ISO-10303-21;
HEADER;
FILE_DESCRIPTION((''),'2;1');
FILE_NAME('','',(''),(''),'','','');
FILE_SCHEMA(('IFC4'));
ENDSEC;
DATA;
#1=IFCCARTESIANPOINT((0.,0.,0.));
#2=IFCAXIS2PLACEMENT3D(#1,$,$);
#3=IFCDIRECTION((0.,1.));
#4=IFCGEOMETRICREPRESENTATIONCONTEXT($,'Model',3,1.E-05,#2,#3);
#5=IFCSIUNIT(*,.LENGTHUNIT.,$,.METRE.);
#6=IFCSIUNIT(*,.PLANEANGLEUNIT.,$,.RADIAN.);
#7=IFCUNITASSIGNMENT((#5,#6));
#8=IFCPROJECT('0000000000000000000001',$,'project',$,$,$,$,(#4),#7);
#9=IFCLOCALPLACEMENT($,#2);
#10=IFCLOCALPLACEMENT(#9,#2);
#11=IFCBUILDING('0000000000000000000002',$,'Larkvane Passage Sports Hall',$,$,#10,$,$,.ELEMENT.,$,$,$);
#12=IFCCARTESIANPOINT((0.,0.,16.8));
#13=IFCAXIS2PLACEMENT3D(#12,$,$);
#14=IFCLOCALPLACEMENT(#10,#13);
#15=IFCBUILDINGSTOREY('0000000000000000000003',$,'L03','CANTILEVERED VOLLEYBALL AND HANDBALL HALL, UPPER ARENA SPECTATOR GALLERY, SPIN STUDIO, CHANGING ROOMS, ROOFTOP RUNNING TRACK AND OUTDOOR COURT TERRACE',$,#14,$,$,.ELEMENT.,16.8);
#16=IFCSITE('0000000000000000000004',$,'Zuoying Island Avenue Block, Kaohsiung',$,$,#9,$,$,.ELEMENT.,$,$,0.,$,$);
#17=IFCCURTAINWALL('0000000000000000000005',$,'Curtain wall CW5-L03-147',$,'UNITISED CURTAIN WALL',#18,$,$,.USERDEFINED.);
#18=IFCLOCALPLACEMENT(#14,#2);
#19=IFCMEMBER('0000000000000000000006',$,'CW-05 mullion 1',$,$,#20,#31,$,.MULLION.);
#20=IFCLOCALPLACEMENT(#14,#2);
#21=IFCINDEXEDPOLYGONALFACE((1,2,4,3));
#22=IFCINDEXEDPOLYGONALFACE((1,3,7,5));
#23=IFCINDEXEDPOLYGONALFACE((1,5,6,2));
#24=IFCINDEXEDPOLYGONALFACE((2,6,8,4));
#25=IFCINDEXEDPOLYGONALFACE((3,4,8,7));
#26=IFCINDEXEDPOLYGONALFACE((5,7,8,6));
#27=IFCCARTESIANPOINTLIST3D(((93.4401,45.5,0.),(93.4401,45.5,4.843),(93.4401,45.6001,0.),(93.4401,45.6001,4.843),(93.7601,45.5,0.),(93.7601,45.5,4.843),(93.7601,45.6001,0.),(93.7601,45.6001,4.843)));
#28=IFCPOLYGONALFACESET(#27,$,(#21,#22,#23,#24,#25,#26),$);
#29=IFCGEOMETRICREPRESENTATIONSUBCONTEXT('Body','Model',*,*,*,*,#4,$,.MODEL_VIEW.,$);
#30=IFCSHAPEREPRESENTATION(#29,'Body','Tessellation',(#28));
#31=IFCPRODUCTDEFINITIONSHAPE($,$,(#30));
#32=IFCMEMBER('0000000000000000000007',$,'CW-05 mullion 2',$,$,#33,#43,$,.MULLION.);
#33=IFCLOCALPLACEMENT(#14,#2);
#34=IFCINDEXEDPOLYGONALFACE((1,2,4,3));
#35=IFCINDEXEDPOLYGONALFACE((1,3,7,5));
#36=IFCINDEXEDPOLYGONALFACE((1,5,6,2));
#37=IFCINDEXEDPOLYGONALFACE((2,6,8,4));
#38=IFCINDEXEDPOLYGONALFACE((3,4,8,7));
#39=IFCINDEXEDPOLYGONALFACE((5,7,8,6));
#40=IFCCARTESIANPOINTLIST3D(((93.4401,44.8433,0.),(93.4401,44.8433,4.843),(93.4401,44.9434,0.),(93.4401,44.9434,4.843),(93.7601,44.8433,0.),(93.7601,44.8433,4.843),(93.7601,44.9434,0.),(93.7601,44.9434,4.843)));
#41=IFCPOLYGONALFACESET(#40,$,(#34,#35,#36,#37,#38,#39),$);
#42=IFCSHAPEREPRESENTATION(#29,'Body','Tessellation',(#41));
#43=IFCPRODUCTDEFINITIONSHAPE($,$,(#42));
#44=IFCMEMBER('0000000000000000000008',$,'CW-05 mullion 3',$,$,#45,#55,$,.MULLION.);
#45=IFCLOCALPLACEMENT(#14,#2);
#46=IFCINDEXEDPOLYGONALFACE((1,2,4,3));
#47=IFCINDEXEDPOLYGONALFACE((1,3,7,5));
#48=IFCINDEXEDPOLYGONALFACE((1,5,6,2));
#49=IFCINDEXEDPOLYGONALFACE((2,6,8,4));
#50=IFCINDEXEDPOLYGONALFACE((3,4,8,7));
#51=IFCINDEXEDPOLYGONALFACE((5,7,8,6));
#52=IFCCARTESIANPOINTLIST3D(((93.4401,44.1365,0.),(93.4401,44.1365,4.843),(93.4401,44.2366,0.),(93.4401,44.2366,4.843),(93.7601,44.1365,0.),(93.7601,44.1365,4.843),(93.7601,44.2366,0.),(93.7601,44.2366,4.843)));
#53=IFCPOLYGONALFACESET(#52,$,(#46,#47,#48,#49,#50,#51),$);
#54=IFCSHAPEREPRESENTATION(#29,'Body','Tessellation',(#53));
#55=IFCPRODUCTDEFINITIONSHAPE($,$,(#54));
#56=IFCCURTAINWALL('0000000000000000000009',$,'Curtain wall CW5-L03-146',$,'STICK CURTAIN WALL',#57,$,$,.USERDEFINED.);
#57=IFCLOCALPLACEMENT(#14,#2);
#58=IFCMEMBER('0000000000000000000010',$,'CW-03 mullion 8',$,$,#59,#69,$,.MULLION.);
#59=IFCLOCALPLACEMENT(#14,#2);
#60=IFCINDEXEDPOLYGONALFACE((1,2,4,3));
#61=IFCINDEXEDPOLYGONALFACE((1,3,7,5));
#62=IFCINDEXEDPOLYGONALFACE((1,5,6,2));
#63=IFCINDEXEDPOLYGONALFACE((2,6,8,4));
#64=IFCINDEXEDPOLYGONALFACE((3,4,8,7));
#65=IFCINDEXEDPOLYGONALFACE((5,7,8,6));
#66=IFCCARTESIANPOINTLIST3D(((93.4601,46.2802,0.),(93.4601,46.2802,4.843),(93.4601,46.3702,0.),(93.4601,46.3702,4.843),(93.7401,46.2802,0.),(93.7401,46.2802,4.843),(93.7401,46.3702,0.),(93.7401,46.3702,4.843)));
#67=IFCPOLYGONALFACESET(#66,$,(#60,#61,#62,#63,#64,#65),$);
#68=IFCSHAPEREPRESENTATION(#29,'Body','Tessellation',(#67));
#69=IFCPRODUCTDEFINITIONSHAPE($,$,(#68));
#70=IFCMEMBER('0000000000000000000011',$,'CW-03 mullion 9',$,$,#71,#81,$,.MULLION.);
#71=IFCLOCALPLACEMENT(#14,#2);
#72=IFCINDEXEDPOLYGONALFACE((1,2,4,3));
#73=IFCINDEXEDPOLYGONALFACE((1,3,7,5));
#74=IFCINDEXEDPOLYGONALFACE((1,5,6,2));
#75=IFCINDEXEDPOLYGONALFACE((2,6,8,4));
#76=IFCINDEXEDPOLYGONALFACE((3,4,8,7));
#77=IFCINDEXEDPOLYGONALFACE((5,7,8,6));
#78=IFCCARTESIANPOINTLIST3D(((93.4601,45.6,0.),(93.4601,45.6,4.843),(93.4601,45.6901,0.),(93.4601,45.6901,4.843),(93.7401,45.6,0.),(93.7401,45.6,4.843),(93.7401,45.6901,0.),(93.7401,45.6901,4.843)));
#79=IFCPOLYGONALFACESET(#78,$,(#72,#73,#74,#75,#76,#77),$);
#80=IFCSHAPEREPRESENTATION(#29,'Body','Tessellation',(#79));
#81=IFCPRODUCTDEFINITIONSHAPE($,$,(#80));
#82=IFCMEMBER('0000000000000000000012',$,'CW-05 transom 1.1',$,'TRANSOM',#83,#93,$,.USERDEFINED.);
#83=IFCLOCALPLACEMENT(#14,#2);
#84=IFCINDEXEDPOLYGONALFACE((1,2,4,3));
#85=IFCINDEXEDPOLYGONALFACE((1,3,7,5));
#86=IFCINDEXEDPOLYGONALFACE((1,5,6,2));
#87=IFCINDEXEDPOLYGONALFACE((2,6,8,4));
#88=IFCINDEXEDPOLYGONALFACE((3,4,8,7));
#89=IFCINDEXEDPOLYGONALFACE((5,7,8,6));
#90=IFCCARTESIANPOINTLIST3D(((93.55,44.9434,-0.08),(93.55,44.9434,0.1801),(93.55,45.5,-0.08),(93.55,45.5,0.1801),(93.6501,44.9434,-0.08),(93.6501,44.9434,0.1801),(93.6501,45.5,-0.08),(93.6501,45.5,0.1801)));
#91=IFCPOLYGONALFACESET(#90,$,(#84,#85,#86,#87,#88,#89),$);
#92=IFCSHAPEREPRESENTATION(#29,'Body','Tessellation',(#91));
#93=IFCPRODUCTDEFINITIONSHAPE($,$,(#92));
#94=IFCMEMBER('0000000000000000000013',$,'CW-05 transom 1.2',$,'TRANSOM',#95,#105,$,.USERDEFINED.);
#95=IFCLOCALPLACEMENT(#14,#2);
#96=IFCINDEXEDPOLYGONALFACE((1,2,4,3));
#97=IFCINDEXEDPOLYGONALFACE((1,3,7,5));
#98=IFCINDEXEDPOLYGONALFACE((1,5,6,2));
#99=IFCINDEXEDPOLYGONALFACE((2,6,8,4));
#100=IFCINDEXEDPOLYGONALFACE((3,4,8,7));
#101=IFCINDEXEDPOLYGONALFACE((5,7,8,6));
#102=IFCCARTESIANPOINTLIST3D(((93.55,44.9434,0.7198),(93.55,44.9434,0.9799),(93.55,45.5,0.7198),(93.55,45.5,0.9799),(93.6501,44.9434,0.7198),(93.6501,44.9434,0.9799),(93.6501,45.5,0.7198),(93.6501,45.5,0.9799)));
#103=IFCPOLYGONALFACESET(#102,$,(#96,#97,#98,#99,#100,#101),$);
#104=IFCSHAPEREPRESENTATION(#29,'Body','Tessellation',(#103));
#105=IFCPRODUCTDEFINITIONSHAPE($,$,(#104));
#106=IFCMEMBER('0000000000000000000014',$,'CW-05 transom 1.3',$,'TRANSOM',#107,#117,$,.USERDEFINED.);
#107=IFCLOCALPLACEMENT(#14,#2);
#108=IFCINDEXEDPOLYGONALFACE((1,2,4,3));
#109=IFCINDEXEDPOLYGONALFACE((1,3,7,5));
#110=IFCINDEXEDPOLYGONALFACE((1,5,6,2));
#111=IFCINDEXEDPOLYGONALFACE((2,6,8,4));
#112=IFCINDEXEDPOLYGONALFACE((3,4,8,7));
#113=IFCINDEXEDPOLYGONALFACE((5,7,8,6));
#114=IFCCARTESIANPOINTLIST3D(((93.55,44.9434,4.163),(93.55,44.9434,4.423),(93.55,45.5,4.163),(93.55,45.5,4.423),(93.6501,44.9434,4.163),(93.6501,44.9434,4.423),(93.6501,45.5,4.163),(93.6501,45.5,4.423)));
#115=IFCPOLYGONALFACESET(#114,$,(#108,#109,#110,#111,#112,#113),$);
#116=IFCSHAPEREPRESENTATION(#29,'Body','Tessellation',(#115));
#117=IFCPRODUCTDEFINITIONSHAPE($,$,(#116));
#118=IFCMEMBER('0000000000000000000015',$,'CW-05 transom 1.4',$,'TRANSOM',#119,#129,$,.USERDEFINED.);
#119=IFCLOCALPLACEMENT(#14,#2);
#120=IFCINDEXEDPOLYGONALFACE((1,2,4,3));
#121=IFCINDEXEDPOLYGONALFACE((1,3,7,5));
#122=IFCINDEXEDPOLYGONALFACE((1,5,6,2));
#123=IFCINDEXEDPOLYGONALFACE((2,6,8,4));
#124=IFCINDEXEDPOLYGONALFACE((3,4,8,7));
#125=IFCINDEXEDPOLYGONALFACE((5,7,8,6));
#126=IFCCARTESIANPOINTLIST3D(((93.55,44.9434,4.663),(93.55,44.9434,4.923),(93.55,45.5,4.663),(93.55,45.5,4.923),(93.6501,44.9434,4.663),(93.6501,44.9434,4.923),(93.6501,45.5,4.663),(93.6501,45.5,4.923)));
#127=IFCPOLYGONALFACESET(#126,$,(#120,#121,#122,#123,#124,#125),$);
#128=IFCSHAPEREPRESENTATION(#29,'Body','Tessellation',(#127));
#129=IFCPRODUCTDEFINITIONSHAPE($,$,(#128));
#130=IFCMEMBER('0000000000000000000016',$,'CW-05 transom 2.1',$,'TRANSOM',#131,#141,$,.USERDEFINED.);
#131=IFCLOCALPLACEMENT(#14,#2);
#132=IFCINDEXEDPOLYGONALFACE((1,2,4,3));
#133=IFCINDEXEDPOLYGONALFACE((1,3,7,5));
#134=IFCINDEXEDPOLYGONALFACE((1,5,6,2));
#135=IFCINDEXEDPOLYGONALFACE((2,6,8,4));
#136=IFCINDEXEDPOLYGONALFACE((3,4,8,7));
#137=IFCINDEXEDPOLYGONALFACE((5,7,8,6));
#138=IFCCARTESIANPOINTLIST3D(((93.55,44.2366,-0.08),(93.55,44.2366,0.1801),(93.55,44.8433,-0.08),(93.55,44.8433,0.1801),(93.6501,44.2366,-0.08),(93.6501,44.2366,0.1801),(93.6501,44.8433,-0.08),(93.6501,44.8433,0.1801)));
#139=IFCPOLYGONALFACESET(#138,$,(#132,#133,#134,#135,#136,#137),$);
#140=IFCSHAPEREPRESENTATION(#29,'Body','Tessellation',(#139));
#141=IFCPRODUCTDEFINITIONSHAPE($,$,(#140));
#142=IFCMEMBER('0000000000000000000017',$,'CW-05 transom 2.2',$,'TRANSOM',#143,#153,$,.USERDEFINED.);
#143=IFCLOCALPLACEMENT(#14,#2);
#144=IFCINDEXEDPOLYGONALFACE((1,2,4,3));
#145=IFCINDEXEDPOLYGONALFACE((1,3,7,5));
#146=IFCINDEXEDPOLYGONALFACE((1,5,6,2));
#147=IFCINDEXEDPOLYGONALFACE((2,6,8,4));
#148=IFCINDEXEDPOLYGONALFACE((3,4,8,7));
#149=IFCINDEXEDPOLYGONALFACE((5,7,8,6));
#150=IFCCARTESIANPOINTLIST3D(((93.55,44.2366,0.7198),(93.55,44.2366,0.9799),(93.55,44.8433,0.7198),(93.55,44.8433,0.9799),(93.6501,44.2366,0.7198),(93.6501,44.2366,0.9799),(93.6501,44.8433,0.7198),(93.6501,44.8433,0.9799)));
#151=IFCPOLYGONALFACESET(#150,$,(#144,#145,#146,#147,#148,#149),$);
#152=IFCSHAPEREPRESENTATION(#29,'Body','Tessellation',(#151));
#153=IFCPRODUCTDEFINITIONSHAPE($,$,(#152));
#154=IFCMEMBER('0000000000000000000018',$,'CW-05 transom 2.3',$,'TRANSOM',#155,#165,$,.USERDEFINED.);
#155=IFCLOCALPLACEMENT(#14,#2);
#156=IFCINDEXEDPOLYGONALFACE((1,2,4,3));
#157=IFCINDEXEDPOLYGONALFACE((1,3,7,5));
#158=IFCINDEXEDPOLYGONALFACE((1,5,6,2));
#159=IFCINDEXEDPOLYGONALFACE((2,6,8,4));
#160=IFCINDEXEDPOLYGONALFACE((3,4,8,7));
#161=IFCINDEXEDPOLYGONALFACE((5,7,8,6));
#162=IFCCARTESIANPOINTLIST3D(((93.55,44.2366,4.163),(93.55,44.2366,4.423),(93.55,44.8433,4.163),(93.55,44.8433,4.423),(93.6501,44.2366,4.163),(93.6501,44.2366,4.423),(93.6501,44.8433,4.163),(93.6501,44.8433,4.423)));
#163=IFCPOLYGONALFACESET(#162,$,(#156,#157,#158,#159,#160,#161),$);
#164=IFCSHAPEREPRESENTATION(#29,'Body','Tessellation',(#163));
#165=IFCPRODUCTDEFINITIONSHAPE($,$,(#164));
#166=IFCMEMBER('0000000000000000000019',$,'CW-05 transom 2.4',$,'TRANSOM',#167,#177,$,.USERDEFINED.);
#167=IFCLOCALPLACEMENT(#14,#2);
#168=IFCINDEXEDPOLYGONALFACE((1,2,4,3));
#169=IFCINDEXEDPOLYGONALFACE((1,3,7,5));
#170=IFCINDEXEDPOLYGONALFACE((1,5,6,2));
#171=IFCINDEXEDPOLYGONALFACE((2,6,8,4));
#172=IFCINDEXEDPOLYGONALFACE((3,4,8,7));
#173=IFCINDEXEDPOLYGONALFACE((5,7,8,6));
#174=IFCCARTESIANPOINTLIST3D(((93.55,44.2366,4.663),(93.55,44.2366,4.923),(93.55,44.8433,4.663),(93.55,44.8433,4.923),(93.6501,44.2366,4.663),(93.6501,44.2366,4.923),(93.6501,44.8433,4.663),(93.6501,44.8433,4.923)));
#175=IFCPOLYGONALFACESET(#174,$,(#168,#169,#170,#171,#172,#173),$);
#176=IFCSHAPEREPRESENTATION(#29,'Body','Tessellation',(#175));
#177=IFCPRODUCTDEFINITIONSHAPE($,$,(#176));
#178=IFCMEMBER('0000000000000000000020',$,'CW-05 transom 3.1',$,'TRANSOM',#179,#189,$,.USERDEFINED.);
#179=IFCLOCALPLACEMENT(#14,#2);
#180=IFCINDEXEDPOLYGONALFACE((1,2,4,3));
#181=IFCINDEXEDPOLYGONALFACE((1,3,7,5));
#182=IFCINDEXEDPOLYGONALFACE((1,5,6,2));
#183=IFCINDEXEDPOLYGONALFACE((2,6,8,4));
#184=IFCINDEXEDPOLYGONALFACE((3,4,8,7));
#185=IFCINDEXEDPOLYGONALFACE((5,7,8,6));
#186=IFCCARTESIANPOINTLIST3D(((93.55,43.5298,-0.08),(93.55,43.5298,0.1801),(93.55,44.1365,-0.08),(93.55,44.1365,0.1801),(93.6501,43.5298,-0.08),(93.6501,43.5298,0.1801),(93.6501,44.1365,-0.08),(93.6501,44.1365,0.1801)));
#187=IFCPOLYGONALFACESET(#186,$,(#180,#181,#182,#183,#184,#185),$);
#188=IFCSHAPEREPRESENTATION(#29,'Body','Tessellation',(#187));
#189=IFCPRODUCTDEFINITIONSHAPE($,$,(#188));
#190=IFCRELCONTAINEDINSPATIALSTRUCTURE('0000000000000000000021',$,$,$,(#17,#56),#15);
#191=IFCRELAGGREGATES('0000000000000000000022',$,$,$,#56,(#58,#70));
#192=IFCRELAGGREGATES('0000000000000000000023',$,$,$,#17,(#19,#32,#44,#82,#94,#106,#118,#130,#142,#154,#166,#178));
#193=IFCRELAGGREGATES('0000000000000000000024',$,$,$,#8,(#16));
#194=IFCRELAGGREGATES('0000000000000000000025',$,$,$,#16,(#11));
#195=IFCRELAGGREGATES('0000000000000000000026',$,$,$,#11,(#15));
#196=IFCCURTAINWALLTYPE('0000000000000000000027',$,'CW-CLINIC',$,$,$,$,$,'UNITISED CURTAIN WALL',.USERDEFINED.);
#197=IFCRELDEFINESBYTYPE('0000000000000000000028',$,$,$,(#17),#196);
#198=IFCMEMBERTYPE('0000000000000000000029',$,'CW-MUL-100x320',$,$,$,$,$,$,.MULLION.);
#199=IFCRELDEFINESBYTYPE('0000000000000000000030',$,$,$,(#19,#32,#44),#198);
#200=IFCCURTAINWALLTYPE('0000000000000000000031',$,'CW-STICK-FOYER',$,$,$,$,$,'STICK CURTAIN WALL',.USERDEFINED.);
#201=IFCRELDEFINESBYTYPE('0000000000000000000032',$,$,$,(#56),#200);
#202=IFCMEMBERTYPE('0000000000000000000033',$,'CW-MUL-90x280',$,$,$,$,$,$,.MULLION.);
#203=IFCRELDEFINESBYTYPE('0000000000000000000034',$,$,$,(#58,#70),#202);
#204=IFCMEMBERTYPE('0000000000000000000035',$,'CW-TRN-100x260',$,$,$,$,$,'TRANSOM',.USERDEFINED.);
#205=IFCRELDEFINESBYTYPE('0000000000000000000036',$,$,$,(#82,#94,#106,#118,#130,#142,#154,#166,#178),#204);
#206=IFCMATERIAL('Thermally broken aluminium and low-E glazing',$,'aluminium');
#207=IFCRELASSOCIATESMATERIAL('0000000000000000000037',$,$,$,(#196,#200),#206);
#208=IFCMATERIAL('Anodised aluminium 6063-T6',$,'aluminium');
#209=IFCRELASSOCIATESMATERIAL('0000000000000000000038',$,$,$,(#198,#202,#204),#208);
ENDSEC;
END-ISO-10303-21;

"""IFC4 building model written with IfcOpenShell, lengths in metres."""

from ifc_helpers import new_model, si_unit, direction, frame, origin, origin_2d, place, context, subcontext, project, spatial, rectangle, extrude, material, material_profile, profile_set, type_object, element, aggregate, save


model = new_model("IFC4")

# Units and contexts
model_context = context("Model", 3, precision=1e-05, world=origin(), true_north=direction((0.0, 1.0)))
body_context = subcontext(model_context, "Body", "Model", "MODEL_VIEW")
ifc_project = project(units=[si_unit("LENGTHUNIT", "METRE"), si_unit("PLANEANGLEUNIT", "RADIAN")], contexts=[model_context])

# Site, building, storey
site_placement = place(None, origin())
site = spatial("IfcSite", under=ifc_project, at=site_placement, Name="Zuoying Island Avenue Block, Kaohsiung", CompositionType="ELEMENT", RefElevation=0.0)
building_placement = place(site_placement, origin())
building = spatial("IfcBuilding", under=site, at=building_placement, Name="Larkvane Passage Sports Hall", CompositionType="ELEMENT")
storey_placement = place(building_placement, frame((0.0, 0.0, 16.8)))
storey = spatial("IfcBuildingStorey", under=building, at=storey_placement, Name="L03", Description="CANTILEVERED VOLLEYBALL AND HANDBALL HALL, UPPER ARENA SPECTATOR GALLERY, SPIN STUDIO, CHANGING ROOMS, ROOFTOP RUNNING TRACK AND OUTDOOR COURT TERRACE", CompositionType="ELEMENT", Elevation=16.8)

# Curtain walls, members
ifc_material_1 = material(Name="Thermally broken aluminium and low-E glazing", Category="aluminium")
curtain_wall_type_1 = type_object("IfcCurtainWallType", Name="CW-CLINIC", ElementType="UNITISED CURTAIN WALL", PredefinedType="USERDEFINED", material=ifc_material_1)
curtain_wall_1_placement = place(storey_placement, origin())
curtain_wall_1 = element("IfcCurtainWall", 1, at=curtain_wall_1_placement, inside=storey, type_object=curtain_wall_type_1, Name="Curtain wall CW5-L03-147", ObjectType="UNITISED CURTAIN WALL", PredefinedType="USERDEFINED")
ifc_material_2 = material(Name="Anodised aluminium 6063-T6", Category="aluminium")
ifc_material_profile_1 = material_profile(ifc_material_2, rectangle(XDim=0.1001, YDim=0.3201, at=origin_2d()), Name="ALU-MUL-100x320")
ifc_profile_set_1 = profile_set([ifc_material_profile_1], Name="Anodised aluminium 6063-T6")
member_type_1 = type_object("IfcMemberType", Name="CW-MUL-100x320", PredefinedType="MULLION", material=ifc_profile_set_1)
member_1_placement = place(storey_placement, frame((93.6001, 45.55, 0.0), z_axis=(0.0, 0.0, 1.0), x_axis=(0.0, -1.0, 0.0)))
member_1 = element("IfcMember", 2, at=member_1_placement, type_object=member_type_1, Name="CW-05 mullion 1", PredefinedType="MULLION", context=body_context, shape_type="SweptSolid", body=[
    extrude(rectangle(XDim=0.1001, YDim=0.3201, at=origin_2d()), origin(), (0.0, 0.0, 1.0), 4.843),
])
member_2_placement = place(storey_placement, frame((93.6001, 44.8933, 0.0), z_axis=(0.0, 0.0, 1.0), x_axis=(0.0, -1.0, 0.0)))
member_2 = element("IfcMember", 3, at=member_2_placement, type_object=member_type_1, Name="CW-05 mullion 2", PredefinedType="MULLION", context=body_context, shape_type="SweptSolid", body=[
    extrude(rectangle(XDim=0.1001, YDim=0.3201, at=origin_2d()), origin(), (0.0, 0.0, 1.0), 4.843),
])
member_3_placement = place(storey_placement, frame((93.6001, 44.1865, 0.0), z_axis=(0.0, 0.0, 1.0), x_axis=(0.0, -1.0, 0.0)))
member_3 = element("IfcMember", 4, at=member_3_placement, type_object=member_type_1, Name="CW-05 mullion 3", PredefinedType="MULLION", context=body_context, shape_type="SweptSolid", body=[
    extrude(rectangle(XDim=0.1001, YDim=0.3201, at=origin_2d()), origin(), (0.0, 0.0, 1.0), 4.843),
])
curtain_wall_type_2 = type_object("IfcCurtainWallType", Name="CW-STICK-FOYER", ElementType="STICK CURTAIN WALL", PredefinedType="USERDEFINED", material=ifc_material_1)
curtain_wall_2_placement = place(storey_placement, origin())
curtain_wall_2 = element("IfcCurtainWall", 5, at=curtain_wall_2_placement, inside=storey, type_object=curtain_wall_type_2, Name="Curtain wall CW5-L03-146", ObjectType="STICK CURTAIN WALL", PredefinedType="USERDEFINED")
ifc_material_profile_2 = material_profile(ifc_material_2, rectangle(XDim=0.0901, YDim=0.28, at=origin_2d()), Name="ALU-MUL-90x280")
ifc_profile_set_2 = profile_set([ifc_material_profile_2], Name="Anodised aluminium 6063-T6")
member_type_2 = type_object("IfcMemberType", Name="CW-MUL-90x280", PredefinedType="MULLION", material=ifc_profile_set_2)
member_4_placement = place(storey_placement, frame((93.6001, 46.3252, 0.0), z_axis=(0.0, 0.0, 1.0), x_axis=(0.0, -1.0, 0.0)))
member_4 = element("IfcMember", 6, at=member_4_placement, type_object=member_type_2, Name="CW-03 mullion 8", PredefinedType="MULLION", context=body_context, shape_type="SweptSolid", body=[
    extrude(rectangle(XDim=0.0901, YDim=0.28, at=origin_2d()), origin(), (0.0, 0.0, 1.0), 4.843),
])
member_5_placement = place(storey_placement, frame((93.6001, 45.645, 0.0), z_axis=(0.0, 0.0, 1.0), x_axis=(0.0, -1.0, 0.0)))
member_5 = element("IfcMember", 7, at=member_5_placement, type_object=member_type_2, Name="CW-03 mullion 9", PredefinedType="MULLION", context=body_context, shape_type="SweptSolid", body=[
    extrude(rectangle(XDim=0.0901, YDim=0.28, at=origin_2d()), origin(), (0.0, 0.0, 1.0), 4.843),
])

# Members
ifc_material_profile_3 = material_profile(ifc_material_2, rectangle(XDim=0.1001, YDim=0.26, at=origin_2d()), Name="ALU-TRN-100x260")
ifc_profile_set_3 = profile_set([ifc_material_profile_3], Name="Anodised aluminium 6063-T6")
member_type_3 = type_object("IfcMemberType", Name="CW-TRN-100x260", ElementType="TRANSOM", PredefinedType="USERDEFINED", material=ifc_profile_set_3)
member_6_placement = place(storey_placement, frame((93.6001, 45.5, 0.05), z_axis=(0.0, -1.0, 0.0), x_axis=(1.0, 0.0, 0.0)))
member_6 = element("IfcMember", 8, at=member_6_placement, type_object=member_type_3, Name="CW-05 transom 1.1", ObjectType="TRANSOM", PredefinedType="USERDEFINED", context=body_context, shape_type="SweptSolid", body=[
    extrude(rectangle(XDim=0.1001, YDim=0.26, at=origin_2d()), origin(), (0.0, 0.0, 1.0), 0.5566),
])
member_7_placement = place(storey_placement, frame((93.6001, 45.5, 0.8499), z_axis=(0.0, -1.0, 0.0), x_axis=(1.0, 0.0, 0.0)))
member_7 = element("IfcMember", 9, at=member_7_placement, type_object=member_type_3, Name="CW-05 transom 1.2", ObjectType="TRANSOM", PredefinedType="USERDEFINED", context=body_context, shape_type="SweptSolid", body=[
    extrude(rectangle(XDim=0.1001, YDim=0.26, at=origin_2d()), origin(), (0.0, 0.0, 1.0), 0.5566),
])
member_8_placement = place(storey_placement, frame((93.6001, 45.5, 4.293), z_axis=(0.0, -1.0, 0.0), x_axis=(1.0, 0.0, 0.0)))
member_8 = element("IfcMember", 10, at=member_8_placement, type_object=member_type_3, Name="CW-05 transom 1.3", ObjectType="TRANSOM", PredefinedType="USERDEFINED", context=body_context, shape_type="SweptSolid", body=[
    extrude(rectangle(XDim=0.1001, YDim=0.26, at=origin_2d()), origin(), (0.0, 0.0, 1.0), 0.5566),
])
member_9_placement = place(storey_placement, frame((93.6001, 45.5, 4.793), z_axis=(0.0, -1.0, 0.0), x_axis=(1.0, 0.0, 0.0)))
member_9 = element("IfcMember", 11, at=member_9_placement, type_object=member_type_3, Name="CW-05 transom 1.4", ObjectType="TRANSOM", PredefinedType="USERDEFINED", context=body_context, shape_type="SweptSolid", body=[
    extrude(rectangle(XDim=0.1001, YDim=0.26, at=origin_2d()), origin(), (0.0, 0.0, 1.0), 0.5566),
])
member_10_placement = place(storey_placement, frame((93.6001, 44.8433, 0.05), z_axis=(0.0, -1.0, 0.0), x_axis=(1.0, 0.0, 0.0)))
member_10 = element("IfcMember", 12, at=member_10_placement, type_object=member_type_3, Name="CW-05 transom 2.1", ObjectType="TRANSOM", PredefinedType="USERDEFINED", context=body_context, shape_type="SweptSolid", body=[
    extrude(rectangle(XDim=0.1001, YDim=0.26, at=origin_2d()), origin(), (0.0, 0.0, 1.0), 0.6067),
])
member_11_placement = place(storey_placement, frame((93.6001, 44.8433, 0.8499), z_axis=(0.0, -1.0, 0.0), x_axis=(1.0, 0.0, 0.0)))
member_11 = element("IfcMember", 13, at=member_11_placement, type_object=member_type_3, Name="CW-05 transom 2.2", ObjectType="TRANSOM", PredefinedType="USERDEFINED", context=body_context, shape_type="SweptSolid", body=[
    extrude(rectangle(XDim=0.1001, YDim=0.26, at=origin_2d()), origin(), (0.0, 0.0, 1.0), 0.6067),
])
member_12_placement = place(storey_placement, frame((93.6001, 44.8433, 4.293), z_axis=(0.0, -1.0, 0.0), x_axis=(1.0, 0.0, 0.0)))
member_12 = element("IfcMember", 14, at=member_12_placement, type_object=member_type_3, Name="CW-05 transom 2.3", ObjectType="TRANSOM", PredefinedType="USERDEFINED", context=body_context, shape_type="SweptSolid", body=[
    extrude(rectangle(XDim=0.1001, YDim=0.26, at=origin_2d()), origin(), (0.0, 0.0, 1.0), 0.6067),
])
member_13_placement = place(storey_placement, frame((93.6001, 44.8433, 4.793), z_axis=(0.0, -1.0, 0.0), x_axis=(1.0, 0.0, 0.0)))
member_13 = element("IfcMember", 15, at=member_13_placement, type_object=member_type_3, Name="CW-05 transom 2.4", ObjectType="TRANSOM", PredefinedType="USERDEFINED", context=body_context, shape_type="SweptSolid", body=[
    extrude(rectangle(XDim=0.1001, YDim=0.26, at=origin_2d()), origin(), (0.0, 0.0, 1.0), 0.6067),
])
member_14_placement = place(storey_placement, frame((93.6001, 44.1365, 0.05), z_axis=(0.0, -1.0, 0.0), x_axis=(1.0, 0.0, 0.0)))
member_14 = element("IfcMember", 16, at=member_14_placement, type_object=member_type_3, Name="CW-05 transom 3.1", ObjectType="TRANSOM", PredefinedType="USERDEFINED", context=body_context, shape_type="SweptSolid", body=[
    extrude(rectangle(XDim=0.1001, YDim=0.26, at=origin_2d()), origin(), (0.0, 0.0, 1.0), 0.6067),
])

aggregate(curtain_wall_2, [member_4, member_5])
aggregate(curtain_wall_1, [member_1, member_2, member_3, member_6, member_7, member_8, member_9, member_10, member_11, member_12, member_13, member_14])

save(model, "model.ifc")
